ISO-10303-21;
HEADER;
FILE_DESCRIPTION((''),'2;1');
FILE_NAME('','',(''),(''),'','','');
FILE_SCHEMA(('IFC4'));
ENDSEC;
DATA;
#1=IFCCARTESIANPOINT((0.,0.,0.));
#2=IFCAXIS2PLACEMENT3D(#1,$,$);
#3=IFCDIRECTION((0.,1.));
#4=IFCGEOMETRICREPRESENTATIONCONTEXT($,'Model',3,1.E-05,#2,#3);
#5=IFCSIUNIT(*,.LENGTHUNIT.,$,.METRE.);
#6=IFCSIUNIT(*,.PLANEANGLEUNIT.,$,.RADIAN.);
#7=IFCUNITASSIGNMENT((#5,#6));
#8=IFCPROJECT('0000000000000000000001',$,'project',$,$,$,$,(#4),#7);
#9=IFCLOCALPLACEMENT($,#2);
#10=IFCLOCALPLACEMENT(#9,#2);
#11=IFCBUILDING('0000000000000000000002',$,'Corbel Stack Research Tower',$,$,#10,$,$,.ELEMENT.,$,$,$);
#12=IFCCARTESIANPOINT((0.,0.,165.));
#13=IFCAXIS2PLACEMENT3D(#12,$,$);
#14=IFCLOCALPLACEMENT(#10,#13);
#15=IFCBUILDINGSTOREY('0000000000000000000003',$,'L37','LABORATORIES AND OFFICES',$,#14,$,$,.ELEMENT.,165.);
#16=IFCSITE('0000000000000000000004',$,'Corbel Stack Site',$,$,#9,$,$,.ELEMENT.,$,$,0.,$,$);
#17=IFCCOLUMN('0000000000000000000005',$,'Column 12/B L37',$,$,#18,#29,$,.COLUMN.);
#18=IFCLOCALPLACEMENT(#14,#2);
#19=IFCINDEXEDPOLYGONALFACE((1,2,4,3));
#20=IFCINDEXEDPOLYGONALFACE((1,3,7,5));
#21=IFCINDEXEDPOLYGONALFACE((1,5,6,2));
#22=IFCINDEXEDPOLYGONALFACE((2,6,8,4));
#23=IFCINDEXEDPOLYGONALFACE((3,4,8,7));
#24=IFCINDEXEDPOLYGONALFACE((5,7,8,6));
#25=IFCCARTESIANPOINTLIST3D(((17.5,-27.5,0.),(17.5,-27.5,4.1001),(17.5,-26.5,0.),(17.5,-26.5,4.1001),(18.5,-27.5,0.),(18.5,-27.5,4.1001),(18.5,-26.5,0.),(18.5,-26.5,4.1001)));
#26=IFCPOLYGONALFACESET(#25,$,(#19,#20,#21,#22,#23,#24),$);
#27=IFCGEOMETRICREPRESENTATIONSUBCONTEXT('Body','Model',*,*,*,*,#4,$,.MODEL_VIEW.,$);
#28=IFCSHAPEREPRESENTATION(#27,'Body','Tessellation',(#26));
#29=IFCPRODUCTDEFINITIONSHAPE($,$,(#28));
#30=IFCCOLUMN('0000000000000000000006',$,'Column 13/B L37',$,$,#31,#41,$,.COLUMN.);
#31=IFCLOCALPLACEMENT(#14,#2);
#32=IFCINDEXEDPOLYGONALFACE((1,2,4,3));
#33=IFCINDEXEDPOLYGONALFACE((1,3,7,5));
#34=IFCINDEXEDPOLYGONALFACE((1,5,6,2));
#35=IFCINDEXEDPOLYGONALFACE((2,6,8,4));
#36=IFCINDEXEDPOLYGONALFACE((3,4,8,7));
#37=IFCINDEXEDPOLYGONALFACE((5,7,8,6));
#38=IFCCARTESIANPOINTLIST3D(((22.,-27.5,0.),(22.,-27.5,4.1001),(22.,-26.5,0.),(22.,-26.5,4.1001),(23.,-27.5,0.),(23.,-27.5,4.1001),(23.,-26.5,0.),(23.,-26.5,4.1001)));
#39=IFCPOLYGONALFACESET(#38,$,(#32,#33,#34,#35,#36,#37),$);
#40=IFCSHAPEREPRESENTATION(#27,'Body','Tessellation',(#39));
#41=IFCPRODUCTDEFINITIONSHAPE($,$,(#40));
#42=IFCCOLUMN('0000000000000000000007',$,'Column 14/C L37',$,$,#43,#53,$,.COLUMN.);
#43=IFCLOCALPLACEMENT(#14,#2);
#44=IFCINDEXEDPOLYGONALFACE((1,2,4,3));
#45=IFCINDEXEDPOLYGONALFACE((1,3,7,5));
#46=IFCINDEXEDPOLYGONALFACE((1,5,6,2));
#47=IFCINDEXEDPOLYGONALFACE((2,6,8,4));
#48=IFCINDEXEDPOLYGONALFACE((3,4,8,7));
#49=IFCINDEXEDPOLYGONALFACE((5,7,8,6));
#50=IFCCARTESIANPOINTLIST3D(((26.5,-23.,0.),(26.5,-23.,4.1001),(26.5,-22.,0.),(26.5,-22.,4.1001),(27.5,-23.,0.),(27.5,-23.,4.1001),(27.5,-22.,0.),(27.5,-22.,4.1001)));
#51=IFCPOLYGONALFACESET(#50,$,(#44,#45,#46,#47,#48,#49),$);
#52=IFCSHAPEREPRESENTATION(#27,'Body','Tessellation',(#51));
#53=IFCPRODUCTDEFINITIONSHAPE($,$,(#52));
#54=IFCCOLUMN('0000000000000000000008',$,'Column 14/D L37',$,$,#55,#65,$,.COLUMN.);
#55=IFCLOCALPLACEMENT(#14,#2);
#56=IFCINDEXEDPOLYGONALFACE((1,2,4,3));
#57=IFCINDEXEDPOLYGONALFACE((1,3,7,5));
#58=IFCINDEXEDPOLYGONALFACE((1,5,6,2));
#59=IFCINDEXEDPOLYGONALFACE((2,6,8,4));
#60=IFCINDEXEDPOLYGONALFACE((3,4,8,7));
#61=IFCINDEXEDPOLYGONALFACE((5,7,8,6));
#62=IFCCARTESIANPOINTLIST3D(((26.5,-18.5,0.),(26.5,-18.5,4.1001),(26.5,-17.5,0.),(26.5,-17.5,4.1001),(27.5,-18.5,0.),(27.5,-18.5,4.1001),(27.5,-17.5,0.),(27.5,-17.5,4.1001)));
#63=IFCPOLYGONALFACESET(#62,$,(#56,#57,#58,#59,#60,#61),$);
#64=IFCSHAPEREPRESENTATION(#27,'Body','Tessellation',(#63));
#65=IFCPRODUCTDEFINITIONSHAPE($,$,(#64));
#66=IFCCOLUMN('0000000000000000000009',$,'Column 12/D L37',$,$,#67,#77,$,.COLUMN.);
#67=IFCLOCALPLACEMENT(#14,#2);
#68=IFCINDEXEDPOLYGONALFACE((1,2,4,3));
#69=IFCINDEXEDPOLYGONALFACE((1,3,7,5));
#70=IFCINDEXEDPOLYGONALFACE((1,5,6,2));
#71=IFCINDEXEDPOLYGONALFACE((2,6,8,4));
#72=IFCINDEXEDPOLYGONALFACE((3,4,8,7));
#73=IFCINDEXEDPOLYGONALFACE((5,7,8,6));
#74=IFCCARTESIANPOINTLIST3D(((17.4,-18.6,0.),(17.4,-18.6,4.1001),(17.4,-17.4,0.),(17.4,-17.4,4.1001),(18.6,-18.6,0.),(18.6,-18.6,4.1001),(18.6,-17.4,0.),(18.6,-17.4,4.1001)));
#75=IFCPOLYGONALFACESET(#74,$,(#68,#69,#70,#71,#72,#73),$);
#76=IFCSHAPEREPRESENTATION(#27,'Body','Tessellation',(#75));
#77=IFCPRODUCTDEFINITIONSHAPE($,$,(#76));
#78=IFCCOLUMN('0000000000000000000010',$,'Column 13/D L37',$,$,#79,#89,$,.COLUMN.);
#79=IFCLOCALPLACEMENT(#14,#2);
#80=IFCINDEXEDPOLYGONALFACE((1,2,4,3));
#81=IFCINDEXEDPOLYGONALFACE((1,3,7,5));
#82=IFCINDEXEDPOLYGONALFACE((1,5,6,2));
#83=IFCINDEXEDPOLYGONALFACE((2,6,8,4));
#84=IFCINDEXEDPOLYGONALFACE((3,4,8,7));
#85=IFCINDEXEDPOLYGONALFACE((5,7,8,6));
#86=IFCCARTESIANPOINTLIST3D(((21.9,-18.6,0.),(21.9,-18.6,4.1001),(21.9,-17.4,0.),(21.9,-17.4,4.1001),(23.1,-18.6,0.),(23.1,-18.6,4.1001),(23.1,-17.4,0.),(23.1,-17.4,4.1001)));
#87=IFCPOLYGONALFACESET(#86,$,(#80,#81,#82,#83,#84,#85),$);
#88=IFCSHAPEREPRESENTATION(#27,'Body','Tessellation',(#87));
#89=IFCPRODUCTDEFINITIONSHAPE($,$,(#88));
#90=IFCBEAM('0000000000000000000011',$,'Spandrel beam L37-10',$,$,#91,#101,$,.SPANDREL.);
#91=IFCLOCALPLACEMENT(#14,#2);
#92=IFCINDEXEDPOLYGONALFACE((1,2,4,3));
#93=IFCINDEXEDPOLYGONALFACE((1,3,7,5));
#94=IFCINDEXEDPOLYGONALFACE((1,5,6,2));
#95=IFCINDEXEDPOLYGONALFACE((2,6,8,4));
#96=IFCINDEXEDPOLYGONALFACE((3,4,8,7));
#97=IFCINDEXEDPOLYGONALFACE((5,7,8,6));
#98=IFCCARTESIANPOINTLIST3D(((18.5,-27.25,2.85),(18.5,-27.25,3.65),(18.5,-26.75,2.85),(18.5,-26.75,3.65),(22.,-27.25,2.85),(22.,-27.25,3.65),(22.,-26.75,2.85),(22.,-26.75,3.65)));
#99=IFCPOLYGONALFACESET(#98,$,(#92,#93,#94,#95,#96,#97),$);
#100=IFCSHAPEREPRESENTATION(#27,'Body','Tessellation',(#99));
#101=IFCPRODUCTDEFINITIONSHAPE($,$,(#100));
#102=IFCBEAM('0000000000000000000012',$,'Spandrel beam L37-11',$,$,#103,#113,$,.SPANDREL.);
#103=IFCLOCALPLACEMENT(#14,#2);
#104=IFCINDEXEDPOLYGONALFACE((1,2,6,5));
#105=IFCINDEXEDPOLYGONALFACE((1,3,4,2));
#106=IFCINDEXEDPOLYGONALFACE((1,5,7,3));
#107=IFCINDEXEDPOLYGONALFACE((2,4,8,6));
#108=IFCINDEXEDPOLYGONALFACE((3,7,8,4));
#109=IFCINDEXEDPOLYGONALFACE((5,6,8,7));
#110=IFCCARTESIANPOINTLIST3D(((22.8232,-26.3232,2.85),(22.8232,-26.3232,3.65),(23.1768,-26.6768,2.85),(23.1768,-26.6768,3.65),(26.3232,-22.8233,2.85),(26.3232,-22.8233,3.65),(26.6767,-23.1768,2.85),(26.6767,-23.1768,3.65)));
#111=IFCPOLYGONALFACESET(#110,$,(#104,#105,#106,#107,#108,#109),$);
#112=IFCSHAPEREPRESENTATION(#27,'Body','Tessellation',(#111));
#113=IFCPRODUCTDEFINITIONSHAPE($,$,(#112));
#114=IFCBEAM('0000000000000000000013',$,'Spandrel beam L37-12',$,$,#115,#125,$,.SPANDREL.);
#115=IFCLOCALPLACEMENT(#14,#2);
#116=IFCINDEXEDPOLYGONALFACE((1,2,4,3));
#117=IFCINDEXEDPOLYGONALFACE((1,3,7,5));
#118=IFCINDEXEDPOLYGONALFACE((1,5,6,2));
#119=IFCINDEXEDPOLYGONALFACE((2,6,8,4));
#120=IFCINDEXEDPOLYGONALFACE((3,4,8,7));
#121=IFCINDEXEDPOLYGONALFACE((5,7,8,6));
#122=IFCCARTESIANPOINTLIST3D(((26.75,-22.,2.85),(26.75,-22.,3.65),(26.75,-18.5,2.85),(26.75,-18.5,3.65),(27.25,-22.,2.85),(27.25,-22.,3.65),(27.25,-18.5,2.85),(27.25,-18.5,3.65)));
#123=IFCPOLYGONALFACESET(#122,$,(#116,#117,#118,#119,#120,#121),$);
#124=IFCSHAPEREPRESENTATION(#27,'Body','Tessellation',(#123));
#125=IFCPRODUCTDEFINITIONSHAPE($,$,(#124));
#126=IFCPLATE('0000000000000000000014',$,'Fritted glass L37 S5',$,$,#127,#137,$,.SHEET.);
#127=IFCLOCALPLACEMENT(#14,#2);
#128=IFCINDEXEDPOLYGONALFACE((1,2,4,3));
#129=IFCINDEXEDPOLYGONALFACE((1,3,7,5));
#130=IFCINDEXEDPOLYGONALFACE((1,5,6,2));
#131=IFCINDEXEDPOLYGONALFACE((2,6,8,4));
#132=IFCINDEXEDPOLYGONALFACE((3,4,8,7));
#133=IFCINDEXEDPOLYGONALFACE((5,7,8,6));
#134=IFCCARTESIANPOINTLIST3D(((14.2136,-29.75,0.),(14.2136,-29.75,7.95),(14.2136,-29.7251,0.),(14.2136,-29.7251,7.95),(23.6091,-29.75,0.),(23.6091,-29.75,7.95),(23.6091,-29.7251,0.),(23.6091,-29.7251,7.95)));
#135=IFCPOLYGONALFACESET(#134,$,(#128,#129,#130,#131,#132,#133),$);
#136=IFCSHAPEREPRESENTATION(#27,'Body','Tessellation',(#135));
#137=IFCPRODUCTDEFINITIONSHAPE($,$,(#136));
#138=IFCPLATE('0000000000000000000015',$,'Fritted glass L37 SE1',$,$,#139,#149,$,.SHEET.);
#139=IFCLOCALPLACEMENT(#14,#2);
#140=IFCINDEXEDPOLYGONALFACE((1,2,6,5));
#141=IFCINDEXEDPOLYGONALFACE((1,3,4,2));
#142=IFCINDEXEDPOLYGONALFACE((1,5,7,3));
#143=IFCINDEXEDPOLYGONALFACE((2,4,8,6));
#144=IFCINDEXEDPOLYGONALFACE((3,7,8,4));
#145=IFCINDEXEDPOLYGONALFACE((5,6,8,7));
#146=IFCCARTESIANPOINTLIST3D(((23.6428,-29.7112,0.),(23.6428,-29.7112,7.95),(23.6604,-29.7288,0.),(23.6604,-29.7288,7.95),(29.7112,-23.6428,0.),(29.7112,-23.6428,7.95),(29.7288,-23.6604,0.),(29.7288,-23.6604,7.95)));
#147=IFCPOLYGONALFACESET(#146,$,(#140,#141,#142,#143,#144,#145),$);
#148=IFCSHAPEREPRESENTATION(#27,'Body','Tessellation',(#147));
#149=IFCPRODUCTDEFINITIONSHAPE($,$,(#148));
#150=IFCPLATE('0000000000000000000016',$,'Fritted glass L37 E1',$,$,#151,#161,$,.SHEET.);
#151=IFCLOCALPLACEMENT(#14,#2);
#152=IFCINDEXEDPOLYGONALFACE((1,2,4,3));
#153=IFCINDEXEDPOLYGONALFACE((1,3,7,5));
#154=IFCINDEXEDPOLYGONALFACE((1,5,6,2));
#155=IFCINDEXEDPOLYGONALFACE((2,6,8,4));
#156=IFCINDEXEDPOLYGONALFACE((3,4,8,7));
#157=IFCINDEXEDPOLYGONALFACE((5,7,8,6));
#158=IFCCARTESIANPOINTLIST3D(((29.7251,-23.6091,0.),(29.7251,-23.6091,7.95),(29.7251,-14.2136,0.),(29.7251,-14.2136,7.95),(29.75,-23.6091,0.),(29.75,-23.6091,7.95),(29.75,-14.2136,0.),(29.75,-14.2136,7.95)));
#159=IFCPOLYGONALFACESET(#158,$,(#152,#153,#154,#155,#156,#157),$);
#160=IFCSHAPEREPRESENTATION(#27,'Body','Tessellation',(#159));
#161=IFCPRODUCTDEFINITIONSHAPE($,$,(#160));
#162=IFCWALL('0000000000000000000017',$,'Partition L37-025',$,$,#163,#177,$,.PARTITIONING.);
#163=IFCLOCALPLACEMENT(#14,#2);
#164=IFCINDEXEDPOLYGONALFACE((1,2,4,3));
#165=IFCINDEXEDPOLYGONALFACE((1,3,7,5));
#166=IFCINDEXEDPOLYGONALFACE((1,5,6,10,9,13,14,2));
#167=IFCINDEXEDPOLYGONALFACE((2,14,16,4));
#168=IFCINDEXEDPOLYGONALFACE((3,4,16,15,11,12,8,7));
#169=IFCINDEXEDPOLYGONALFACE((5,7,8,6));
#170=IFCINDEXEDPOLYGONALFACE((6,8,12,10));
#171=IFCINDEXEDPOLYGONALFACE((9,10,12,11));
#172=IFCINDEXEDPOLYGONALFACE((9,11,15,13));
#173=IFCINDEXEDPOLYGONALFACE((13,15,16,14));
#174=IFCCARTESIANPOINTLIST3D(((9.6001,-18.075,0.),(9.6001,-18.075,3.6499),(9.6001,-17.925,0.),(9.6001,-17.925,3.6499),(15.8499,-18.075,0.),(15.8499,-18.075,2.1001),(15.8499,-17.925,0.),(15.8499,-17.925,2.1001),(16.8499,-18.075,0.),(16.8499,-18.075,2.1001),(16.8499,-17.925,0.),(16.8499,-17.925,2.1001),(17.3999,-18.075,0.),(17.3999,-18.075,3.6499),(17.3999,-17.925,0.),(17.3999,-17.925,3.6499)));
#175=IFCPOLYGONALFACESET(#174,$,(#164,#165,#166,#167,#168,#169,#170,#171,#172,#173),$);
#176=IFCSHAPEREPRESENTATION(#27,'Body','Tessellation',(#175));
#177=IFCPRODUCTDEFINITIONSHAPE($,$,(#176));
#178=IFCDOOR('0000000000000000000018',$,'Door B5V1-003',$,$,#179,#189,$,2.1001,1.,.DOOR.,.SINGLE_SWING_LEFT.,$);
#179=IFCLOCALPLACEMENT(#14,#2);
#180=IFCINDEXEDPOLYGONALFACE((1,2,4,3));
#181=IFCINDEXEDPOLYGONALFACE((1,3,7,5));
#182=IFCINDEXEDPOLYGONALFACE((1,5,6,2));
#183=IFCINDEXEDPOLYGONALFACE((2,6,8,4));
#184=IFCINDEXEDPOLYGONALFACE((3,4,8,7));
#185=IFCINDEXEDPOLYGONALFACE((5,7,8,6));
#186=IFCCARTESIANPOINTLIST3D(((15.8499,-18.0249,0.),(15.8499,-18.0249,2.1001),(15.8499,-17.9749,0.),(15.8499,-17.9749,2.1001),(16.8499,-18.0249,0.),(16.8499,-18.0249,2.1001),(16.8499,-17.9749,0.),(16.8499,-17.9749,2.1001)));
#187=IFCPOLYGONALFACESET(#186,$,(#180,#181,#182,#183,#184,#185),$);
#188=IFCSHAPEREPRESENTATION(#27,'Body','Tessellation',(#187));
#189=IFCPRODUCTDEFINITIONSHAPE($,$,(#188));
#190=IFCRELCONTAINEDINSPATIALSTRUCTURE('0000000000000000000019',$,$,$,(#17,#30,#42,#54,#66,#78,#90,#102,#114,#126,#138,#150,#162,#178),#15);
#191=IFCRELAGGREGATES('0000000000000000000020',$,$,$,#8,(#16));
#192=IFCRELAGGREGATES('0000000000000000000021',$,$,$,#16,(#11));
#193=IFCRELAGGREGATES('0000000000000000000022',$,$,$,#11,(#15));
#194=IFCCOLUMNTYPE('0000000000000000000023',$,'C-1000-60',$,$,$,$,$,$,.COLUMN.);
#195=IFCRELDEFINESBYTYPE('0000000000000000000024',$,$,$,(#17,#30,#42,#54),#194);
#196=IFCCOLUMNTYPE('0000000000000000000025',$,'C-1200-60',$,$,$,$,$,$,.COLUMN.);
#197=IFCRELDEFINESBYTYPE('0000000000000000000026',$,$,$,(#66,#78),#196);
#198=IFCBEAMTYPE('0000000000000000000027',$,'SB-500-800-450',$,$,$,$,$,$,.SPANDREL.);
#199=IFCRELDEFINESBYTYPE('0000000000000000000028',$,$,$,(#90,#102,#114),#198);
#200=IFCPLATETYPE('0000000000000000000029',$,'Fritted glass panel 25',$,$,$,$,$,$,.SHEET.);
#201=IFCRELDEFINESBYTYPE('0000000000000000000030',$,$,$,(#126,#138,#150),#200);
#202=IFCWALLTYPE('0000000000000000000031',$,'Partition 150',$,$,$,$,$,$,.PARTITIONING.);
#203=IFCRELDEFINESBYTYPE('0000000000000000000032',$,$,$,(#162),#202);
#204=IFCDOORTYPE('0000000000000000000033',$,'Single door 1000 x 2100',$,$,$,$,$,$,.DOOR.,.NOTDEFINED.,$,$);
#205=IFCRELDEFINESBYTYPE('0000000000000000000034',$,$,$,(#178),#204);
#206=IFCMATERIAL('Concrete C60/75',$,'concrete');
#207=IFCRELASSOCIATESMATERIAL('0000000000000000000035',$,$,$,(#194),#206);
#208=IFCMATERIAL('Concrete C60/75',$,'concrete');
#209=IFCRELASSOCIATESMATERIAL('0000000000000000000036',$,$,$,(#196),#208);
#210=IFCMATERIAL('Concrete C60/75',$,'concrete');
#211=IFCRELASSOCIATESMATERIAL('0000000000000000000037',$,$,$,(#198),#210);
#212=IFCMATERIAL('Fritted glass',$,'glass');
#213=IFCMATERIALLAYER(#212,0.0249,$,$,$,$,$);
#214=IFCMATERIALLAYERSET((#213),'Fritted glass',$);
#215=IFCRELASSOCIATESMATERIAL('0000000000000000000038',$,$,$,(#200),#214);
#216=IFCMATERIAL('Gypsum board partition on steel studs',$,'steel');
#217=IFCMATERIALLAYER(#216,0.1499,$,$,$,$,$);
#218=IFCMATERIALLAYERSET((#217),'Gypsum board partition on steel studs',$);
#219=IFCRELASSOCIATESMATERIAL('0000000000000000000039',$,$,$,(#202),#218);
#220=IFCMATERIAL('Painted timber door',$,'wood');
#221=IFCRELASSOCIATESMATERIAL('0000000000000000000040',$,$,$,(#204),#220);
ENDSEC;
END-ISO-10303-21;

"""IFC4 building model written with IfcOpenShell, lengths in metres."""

from ifc_helpers import new_model, si_unit, direction, frame, frame_2d, origin, origin_2d, place, context, subcontext, project, spatial, rectangle, extrude, material, layer, layer_set, material_profile, profile_set, type_object, element, fill, save


model = new_model("IFC4")

# Units and contexts
model_context = context("Model", 3, precision=1e-05, world=origin(), true_north=direction((0.0, 1.0)))
body_context = subcontext(model_context, "Body", "Model", "MODEL_VIEW")
ifc_project = project(units=[si_unit("LENGTHUNIT", "METRE"), si_unit("PLANEANGLEUNIT", "RADIAN")], contexts=[model_context])

# Site, building, storey
site_placement = place(None, origin())
site = spatial("IfcSite", under=ifc_project, at=site_placement, Name="Corbel Stack Site", CompositionType="ELEMENT", RefElevation=0.0)
building_placement = place(site_placement, origin())
building = spatial("IfcBuilding", under=site, at=building_placement, Name="Corbel Stack Research Tower", CompositionType="ELEMENT")
storey_placement = place(building_placement, frame((0.0, 0.0, 165.0)))
storey = spatial("IfcBuildingStorey", under=building, at=storey_placement, Name="L37", Description="LABORATORIES AND OFFICES", CompositionType="ELEMENT", Elevation=165.0)

# Columns
ifc_material_1 = material(Name="Concrete C60/75", Category="concrete")
ifc_material_profile_1 = material_profile(ifc_material_1, rectangle(XDim=1.0, YDim=1.0, at=origin_2d()), Name="RC 1000 x 1000")
ifc_profile_set_1 = profile_set([ifc_material_profile_1], Name="Concrete C60/75")
column_type_1 = type_object("IfcColumnType", Name="C-1000-60", PredefinedType="COLUMN", material=ifc_profile_set_1)
for number, where, z_axis, x_axis, name in (
    (1, (18.0, -27.0, 0.0), (0.0, 0.0, 1.0), (1.0, 0.0, 0.0), "Column 12/B L37"),
    (2, (22.5, -27.0, 0.0), (0.0, 0.0, 1.0), (1.0, 0.0, 0.0), "Column 13/B L37"),
    (3, (27.0, -22.5, 0.0), (0.0, 0.0, 1.0), (1.0, 0.0, 0.0), "Column 14/C L37"),
    (4, (27.0, -18.0, 0.0), (0.0, 0.0, 1.0), (1.0, 0.0, 0.0), "Column 14/D L37"),
):
    element("IfcColumn", number, at=place(storey_placement, frame(where, z_axis=z_axis, x_axis=x_axis)), inside=storey, type_object=column_type_1, Name=name, PredefinedType="COLUMN", context=body_context, shape_type="SweptSolid", body=[
        extrude(rectangle(XDim=1.0, YDim=1.0, at=origin_2d()), origin(), (0.0, 0.0, 1.0), 4.1001),
    ])
ifc_material_2 = material(Name="Concrete C60/75", Category="concrete")
ifc_material_profile_2 = material_profile(ifc_material_2, rectangle(XDim=1.2, YDim=1.2, at=origin_2d()), Name="RC 1200 x 1200")
ifc_profile_set_2 = profile_set([ifc_material_profile_2], Name="Concrete C60/75")
column_type_2 = type_object("IfcColumnType", Name="C-1200-60", PredefinedType="COLUMN", material=ifc_profile_set_2)
for number, where, z_axis, x_axis, name in (
    (5, (18.0, -18.0, 0.0), (0.0, 0.0, 1.0), (1.0, 0.0, 0.0), "Column 12/D L37"),
    (6, (22.5, -18.0, 0.0), (0.0, 0.0, 1.0), (1.0, 0.0, 0.0), "Column 13/D L37"),
):
    element("IfcColumn", number, at=place(storey_placement, frame(where, z_axis=z_axis, x_axis=x_axis)), inside=storey, type_object=column_type_2, Name=name, PredefinedType="COLUMN", context=body_context, shape_type="SweptSolid", body=[
        extrude(rectangle(XDim=1.2, YDim=1.2, at=origin_2d()), origin(), (0.0, 0.0, 1.0), 4.1001),
    ])

# Beams
ifc_material_3 = material(Name="Concrete C60/75", Category="concrete")
ifc_material_profile_3 = material_profile(ifc_material_3, rectangle(XDim=0.5, YDim=0.8, at=origin_2d()), Name="RC 500 x 800")
ifc_profile_set_3 = profile_set([ifc_material_profile_3], Name="Concrete C60/75")
beam_type = type_object("IfcBeamType", Name="SB-500-800-450", PredefinedType="SPANDREL", material=ifc_profile_set_3)
beam_1_placement = place(storey_placement, frame((18.5, -27.0, 3.25), z_axis=(1.0, 0.0, 0.0), x_axis=(0.0, 1.0, 0.0)))
element("IfcBeam", 7, at=beam_1_placement, inside=storey, type_object=beam_type, Name="Spandrel beam L37-10", PredefinedType="SPANDREL", context=body_context, shape_type="SweptSolid", body=[
    extrude(rectangle(XDim=0.5, YDim=0.8, at=origin_2d()), origin(), (0.0, 0.0, 1.0), 3.5),
])
beam_2_placement = place(storey_placement, frame((23.0, -26.5, 3.25), z_axis=(0.707107, 0.707107, 0.0), x_axis=(-0.707107, 0.707107, 0.0)))
element("IfcBeam", 8, at=beam_2_placement, inside=storey, type_object=beam_type, Name="Spandrel beam L37-11", PredefinedType="SPANDREL", context=body_context, shape_type="SweptSolid", body=[
    extrude(rectangle(XDim=0.5, YDim=0.8, at=origin_2d()), origin(), (0.0, 0.0, 1.0), 4.9497),
])
beam_3_placement = place(storey_placement, frame((27.0, -22.0, 3.25), z_axis=(0.0, 1.0, 0.0), x_axis=(-1.0, 0.0, 0.0)))
element("IfcBeam", 9, at=beam_3_placement, inside=storey, type_object=beam_type, Name="Spandrel beam L37-12", PredefinedType="SPANDREL", context=body_context, shape_type="SweptSolid", body=[
    extrude(rectangle(XDim=0.5, YDim=0.8, at=origin_2d()), origin(), (0.0, 0.0, 1.0), 3.5),
])

# Plates
ifc_material_4 = material(Name="Fritted glass", Category="glass")
ifc_layer_1 = layer(ifc_material_4, 0.0249)
ifc_layer_set_1 = layer_set([ifc_layer_1], Name="Fritted glass")
plate_type = type_object("IfcPlateType", Name="Fritted glass panel 25", PredefinedType="SHEET", material=ifc_layer_set_1)
plate_1_placement = place(storey_placement, frame((18.9114, -29.7375, 0.0), z_axis=(0.0, 0.0, 1.0), x_axis=(1.0, 0.0, 0.0)))
element("IfcPlate", 10, at=plate_1_placement, inside=storey, type_object=plate_type, Name="Fritted glass L37 S5", PredefinedType="SHEET", context=body_context, shape_type="SweptSolid", body=[
    extrude(rectangle(XDim=9.3955, YDim=0.0249, at=origin_2d()), origin(), (0.0, 0.0, 1.0), 7.95),
])
plate_2_placement = place(storey_placement, frame((26.6858, -26.6858, 0.0), z_axis=(0.0, 0.0, 1.0), x_axis=(0.707107, 0.707107, 0.0)))
element("IfcPlate", 11, at=plate_2_placement, inside=storey, type_object=plate_type, Name="Fritted glass L37 SE1", PredefinedType="SHEET", context=body_context, shape_type="SweptSolid", body=[
    extrude(rectangle(XDim=8.582, YDim=0.0249, at=origin_2d()), origin(), (0.0, 0.0, 1.0), 7.95),
])
plate_3_placement = place(storey_placement, frame((29.7375, -18.9114, 0.0), z_axis=(0.0, 0.0, 1.0), x_axis=(0.0, 1.0, 0.0)))
element("IfcPlate", 12, at=plate_3_placement, inside=storey, type_object=plate_type, Name="Fritted glass L37 E1", PredefinedType="SHEET", context=body_context, shape_type="SweptSolid", body=[
    extrude(rectangle(XDim=9.3955, YDim=0.0249, at=origin_2d()), origin(), (0.0, 0.0, 1.0), 7.95),
])

# Wall, opening, door
ifc_material_5 = material(Name="Gypsum board partition on steel studs", Category="steel")
ifc_layer_2 = layer(ifc_material_5, 0.1499)
ifc_layer_set_2 = layer_set([ifc_layer_2], Name="Gypsum board partition on steel studs")
wall_type_1 = type_object("IfcWallType", Name="Partition 150", PredefinedType="PARTITIONING", material=ifc_layer_set_2)
wall_1_placement = place(storey_placement, frame((17.3999, -18.0, 0.0), z_axis=(0.0, 0.0, 1.0), x_axis=(-1.0, 0.0, 0.0)))
wall_1 = element("IfcWall", 13, at=wall_1_placement, inside=storey, type_object=wall_type_1, Name="Partition L37-025", PredefinedType="PARTITIONING", context=body_context, shape_type="SweptSolid", body=[
    extrude(rectangle(XDim=7.7998, YDim=0.1499, at=frame_2d((3.8999, 0.0))), origin(), (0.0, 0.0, 1.0), 3.6499),
])
opening_1_placement = place(wall_1_placement, frame((0.55, 0.0, 0.0)))
opening_1 = element("IfcOpeningElement", 14, at=opening_1_placement, cuts=wall_1, PredefinedType="OPENING", context=body_context, shape_type="SweptSolid", body=[
    extrude(rectangle(XDim=1.0, YDim=2.1001, at=frame_2d((0.5, 1.05))), frame((0.0, 0.085, 0.0), z_axis=(0.0, -1.0, 0.0), x_axis=(1.0, 0.0, 0.0)), (0.0, 0.0, 1.0), 0.1699),
])
ifc_material_6 = material(Name="Painted timber door", Category="wood")
door_type_1 = type_object("IfcDoorType", Name="Single door 1000 x 2100", OperationType="NOTDEFINED", PredefinedType="DOOR", material=ifc_material_6)
door_1_placement = place(opening_1_placement, origin())
door_1 = element("IfcDoor", 15, at=door_1_placement, inside=storey, type_object=door_type_1, Name="Door B5V1-003", OperationType="SINGLE_SWING_LEFT", OverallHeight=2.1001, OverallWidth=1.0, PredefinedType="DOOR", context=body_context, shape_type="SweptSolid", body=[
    extrude(rectangle(XDim=1.0, YDim=2.1001, at=frame_2d((0.5, 1.05))), frame((0.0, 0.0249, 0.0), z_axis=(0.0, -1.0, 0.0), x_axis=(1.0, 0.0, 0.0)), (0.0, 0.0, 1.0), 0.05),
])
fill(opening_1, door_1)

save(model, "model.ifc")
